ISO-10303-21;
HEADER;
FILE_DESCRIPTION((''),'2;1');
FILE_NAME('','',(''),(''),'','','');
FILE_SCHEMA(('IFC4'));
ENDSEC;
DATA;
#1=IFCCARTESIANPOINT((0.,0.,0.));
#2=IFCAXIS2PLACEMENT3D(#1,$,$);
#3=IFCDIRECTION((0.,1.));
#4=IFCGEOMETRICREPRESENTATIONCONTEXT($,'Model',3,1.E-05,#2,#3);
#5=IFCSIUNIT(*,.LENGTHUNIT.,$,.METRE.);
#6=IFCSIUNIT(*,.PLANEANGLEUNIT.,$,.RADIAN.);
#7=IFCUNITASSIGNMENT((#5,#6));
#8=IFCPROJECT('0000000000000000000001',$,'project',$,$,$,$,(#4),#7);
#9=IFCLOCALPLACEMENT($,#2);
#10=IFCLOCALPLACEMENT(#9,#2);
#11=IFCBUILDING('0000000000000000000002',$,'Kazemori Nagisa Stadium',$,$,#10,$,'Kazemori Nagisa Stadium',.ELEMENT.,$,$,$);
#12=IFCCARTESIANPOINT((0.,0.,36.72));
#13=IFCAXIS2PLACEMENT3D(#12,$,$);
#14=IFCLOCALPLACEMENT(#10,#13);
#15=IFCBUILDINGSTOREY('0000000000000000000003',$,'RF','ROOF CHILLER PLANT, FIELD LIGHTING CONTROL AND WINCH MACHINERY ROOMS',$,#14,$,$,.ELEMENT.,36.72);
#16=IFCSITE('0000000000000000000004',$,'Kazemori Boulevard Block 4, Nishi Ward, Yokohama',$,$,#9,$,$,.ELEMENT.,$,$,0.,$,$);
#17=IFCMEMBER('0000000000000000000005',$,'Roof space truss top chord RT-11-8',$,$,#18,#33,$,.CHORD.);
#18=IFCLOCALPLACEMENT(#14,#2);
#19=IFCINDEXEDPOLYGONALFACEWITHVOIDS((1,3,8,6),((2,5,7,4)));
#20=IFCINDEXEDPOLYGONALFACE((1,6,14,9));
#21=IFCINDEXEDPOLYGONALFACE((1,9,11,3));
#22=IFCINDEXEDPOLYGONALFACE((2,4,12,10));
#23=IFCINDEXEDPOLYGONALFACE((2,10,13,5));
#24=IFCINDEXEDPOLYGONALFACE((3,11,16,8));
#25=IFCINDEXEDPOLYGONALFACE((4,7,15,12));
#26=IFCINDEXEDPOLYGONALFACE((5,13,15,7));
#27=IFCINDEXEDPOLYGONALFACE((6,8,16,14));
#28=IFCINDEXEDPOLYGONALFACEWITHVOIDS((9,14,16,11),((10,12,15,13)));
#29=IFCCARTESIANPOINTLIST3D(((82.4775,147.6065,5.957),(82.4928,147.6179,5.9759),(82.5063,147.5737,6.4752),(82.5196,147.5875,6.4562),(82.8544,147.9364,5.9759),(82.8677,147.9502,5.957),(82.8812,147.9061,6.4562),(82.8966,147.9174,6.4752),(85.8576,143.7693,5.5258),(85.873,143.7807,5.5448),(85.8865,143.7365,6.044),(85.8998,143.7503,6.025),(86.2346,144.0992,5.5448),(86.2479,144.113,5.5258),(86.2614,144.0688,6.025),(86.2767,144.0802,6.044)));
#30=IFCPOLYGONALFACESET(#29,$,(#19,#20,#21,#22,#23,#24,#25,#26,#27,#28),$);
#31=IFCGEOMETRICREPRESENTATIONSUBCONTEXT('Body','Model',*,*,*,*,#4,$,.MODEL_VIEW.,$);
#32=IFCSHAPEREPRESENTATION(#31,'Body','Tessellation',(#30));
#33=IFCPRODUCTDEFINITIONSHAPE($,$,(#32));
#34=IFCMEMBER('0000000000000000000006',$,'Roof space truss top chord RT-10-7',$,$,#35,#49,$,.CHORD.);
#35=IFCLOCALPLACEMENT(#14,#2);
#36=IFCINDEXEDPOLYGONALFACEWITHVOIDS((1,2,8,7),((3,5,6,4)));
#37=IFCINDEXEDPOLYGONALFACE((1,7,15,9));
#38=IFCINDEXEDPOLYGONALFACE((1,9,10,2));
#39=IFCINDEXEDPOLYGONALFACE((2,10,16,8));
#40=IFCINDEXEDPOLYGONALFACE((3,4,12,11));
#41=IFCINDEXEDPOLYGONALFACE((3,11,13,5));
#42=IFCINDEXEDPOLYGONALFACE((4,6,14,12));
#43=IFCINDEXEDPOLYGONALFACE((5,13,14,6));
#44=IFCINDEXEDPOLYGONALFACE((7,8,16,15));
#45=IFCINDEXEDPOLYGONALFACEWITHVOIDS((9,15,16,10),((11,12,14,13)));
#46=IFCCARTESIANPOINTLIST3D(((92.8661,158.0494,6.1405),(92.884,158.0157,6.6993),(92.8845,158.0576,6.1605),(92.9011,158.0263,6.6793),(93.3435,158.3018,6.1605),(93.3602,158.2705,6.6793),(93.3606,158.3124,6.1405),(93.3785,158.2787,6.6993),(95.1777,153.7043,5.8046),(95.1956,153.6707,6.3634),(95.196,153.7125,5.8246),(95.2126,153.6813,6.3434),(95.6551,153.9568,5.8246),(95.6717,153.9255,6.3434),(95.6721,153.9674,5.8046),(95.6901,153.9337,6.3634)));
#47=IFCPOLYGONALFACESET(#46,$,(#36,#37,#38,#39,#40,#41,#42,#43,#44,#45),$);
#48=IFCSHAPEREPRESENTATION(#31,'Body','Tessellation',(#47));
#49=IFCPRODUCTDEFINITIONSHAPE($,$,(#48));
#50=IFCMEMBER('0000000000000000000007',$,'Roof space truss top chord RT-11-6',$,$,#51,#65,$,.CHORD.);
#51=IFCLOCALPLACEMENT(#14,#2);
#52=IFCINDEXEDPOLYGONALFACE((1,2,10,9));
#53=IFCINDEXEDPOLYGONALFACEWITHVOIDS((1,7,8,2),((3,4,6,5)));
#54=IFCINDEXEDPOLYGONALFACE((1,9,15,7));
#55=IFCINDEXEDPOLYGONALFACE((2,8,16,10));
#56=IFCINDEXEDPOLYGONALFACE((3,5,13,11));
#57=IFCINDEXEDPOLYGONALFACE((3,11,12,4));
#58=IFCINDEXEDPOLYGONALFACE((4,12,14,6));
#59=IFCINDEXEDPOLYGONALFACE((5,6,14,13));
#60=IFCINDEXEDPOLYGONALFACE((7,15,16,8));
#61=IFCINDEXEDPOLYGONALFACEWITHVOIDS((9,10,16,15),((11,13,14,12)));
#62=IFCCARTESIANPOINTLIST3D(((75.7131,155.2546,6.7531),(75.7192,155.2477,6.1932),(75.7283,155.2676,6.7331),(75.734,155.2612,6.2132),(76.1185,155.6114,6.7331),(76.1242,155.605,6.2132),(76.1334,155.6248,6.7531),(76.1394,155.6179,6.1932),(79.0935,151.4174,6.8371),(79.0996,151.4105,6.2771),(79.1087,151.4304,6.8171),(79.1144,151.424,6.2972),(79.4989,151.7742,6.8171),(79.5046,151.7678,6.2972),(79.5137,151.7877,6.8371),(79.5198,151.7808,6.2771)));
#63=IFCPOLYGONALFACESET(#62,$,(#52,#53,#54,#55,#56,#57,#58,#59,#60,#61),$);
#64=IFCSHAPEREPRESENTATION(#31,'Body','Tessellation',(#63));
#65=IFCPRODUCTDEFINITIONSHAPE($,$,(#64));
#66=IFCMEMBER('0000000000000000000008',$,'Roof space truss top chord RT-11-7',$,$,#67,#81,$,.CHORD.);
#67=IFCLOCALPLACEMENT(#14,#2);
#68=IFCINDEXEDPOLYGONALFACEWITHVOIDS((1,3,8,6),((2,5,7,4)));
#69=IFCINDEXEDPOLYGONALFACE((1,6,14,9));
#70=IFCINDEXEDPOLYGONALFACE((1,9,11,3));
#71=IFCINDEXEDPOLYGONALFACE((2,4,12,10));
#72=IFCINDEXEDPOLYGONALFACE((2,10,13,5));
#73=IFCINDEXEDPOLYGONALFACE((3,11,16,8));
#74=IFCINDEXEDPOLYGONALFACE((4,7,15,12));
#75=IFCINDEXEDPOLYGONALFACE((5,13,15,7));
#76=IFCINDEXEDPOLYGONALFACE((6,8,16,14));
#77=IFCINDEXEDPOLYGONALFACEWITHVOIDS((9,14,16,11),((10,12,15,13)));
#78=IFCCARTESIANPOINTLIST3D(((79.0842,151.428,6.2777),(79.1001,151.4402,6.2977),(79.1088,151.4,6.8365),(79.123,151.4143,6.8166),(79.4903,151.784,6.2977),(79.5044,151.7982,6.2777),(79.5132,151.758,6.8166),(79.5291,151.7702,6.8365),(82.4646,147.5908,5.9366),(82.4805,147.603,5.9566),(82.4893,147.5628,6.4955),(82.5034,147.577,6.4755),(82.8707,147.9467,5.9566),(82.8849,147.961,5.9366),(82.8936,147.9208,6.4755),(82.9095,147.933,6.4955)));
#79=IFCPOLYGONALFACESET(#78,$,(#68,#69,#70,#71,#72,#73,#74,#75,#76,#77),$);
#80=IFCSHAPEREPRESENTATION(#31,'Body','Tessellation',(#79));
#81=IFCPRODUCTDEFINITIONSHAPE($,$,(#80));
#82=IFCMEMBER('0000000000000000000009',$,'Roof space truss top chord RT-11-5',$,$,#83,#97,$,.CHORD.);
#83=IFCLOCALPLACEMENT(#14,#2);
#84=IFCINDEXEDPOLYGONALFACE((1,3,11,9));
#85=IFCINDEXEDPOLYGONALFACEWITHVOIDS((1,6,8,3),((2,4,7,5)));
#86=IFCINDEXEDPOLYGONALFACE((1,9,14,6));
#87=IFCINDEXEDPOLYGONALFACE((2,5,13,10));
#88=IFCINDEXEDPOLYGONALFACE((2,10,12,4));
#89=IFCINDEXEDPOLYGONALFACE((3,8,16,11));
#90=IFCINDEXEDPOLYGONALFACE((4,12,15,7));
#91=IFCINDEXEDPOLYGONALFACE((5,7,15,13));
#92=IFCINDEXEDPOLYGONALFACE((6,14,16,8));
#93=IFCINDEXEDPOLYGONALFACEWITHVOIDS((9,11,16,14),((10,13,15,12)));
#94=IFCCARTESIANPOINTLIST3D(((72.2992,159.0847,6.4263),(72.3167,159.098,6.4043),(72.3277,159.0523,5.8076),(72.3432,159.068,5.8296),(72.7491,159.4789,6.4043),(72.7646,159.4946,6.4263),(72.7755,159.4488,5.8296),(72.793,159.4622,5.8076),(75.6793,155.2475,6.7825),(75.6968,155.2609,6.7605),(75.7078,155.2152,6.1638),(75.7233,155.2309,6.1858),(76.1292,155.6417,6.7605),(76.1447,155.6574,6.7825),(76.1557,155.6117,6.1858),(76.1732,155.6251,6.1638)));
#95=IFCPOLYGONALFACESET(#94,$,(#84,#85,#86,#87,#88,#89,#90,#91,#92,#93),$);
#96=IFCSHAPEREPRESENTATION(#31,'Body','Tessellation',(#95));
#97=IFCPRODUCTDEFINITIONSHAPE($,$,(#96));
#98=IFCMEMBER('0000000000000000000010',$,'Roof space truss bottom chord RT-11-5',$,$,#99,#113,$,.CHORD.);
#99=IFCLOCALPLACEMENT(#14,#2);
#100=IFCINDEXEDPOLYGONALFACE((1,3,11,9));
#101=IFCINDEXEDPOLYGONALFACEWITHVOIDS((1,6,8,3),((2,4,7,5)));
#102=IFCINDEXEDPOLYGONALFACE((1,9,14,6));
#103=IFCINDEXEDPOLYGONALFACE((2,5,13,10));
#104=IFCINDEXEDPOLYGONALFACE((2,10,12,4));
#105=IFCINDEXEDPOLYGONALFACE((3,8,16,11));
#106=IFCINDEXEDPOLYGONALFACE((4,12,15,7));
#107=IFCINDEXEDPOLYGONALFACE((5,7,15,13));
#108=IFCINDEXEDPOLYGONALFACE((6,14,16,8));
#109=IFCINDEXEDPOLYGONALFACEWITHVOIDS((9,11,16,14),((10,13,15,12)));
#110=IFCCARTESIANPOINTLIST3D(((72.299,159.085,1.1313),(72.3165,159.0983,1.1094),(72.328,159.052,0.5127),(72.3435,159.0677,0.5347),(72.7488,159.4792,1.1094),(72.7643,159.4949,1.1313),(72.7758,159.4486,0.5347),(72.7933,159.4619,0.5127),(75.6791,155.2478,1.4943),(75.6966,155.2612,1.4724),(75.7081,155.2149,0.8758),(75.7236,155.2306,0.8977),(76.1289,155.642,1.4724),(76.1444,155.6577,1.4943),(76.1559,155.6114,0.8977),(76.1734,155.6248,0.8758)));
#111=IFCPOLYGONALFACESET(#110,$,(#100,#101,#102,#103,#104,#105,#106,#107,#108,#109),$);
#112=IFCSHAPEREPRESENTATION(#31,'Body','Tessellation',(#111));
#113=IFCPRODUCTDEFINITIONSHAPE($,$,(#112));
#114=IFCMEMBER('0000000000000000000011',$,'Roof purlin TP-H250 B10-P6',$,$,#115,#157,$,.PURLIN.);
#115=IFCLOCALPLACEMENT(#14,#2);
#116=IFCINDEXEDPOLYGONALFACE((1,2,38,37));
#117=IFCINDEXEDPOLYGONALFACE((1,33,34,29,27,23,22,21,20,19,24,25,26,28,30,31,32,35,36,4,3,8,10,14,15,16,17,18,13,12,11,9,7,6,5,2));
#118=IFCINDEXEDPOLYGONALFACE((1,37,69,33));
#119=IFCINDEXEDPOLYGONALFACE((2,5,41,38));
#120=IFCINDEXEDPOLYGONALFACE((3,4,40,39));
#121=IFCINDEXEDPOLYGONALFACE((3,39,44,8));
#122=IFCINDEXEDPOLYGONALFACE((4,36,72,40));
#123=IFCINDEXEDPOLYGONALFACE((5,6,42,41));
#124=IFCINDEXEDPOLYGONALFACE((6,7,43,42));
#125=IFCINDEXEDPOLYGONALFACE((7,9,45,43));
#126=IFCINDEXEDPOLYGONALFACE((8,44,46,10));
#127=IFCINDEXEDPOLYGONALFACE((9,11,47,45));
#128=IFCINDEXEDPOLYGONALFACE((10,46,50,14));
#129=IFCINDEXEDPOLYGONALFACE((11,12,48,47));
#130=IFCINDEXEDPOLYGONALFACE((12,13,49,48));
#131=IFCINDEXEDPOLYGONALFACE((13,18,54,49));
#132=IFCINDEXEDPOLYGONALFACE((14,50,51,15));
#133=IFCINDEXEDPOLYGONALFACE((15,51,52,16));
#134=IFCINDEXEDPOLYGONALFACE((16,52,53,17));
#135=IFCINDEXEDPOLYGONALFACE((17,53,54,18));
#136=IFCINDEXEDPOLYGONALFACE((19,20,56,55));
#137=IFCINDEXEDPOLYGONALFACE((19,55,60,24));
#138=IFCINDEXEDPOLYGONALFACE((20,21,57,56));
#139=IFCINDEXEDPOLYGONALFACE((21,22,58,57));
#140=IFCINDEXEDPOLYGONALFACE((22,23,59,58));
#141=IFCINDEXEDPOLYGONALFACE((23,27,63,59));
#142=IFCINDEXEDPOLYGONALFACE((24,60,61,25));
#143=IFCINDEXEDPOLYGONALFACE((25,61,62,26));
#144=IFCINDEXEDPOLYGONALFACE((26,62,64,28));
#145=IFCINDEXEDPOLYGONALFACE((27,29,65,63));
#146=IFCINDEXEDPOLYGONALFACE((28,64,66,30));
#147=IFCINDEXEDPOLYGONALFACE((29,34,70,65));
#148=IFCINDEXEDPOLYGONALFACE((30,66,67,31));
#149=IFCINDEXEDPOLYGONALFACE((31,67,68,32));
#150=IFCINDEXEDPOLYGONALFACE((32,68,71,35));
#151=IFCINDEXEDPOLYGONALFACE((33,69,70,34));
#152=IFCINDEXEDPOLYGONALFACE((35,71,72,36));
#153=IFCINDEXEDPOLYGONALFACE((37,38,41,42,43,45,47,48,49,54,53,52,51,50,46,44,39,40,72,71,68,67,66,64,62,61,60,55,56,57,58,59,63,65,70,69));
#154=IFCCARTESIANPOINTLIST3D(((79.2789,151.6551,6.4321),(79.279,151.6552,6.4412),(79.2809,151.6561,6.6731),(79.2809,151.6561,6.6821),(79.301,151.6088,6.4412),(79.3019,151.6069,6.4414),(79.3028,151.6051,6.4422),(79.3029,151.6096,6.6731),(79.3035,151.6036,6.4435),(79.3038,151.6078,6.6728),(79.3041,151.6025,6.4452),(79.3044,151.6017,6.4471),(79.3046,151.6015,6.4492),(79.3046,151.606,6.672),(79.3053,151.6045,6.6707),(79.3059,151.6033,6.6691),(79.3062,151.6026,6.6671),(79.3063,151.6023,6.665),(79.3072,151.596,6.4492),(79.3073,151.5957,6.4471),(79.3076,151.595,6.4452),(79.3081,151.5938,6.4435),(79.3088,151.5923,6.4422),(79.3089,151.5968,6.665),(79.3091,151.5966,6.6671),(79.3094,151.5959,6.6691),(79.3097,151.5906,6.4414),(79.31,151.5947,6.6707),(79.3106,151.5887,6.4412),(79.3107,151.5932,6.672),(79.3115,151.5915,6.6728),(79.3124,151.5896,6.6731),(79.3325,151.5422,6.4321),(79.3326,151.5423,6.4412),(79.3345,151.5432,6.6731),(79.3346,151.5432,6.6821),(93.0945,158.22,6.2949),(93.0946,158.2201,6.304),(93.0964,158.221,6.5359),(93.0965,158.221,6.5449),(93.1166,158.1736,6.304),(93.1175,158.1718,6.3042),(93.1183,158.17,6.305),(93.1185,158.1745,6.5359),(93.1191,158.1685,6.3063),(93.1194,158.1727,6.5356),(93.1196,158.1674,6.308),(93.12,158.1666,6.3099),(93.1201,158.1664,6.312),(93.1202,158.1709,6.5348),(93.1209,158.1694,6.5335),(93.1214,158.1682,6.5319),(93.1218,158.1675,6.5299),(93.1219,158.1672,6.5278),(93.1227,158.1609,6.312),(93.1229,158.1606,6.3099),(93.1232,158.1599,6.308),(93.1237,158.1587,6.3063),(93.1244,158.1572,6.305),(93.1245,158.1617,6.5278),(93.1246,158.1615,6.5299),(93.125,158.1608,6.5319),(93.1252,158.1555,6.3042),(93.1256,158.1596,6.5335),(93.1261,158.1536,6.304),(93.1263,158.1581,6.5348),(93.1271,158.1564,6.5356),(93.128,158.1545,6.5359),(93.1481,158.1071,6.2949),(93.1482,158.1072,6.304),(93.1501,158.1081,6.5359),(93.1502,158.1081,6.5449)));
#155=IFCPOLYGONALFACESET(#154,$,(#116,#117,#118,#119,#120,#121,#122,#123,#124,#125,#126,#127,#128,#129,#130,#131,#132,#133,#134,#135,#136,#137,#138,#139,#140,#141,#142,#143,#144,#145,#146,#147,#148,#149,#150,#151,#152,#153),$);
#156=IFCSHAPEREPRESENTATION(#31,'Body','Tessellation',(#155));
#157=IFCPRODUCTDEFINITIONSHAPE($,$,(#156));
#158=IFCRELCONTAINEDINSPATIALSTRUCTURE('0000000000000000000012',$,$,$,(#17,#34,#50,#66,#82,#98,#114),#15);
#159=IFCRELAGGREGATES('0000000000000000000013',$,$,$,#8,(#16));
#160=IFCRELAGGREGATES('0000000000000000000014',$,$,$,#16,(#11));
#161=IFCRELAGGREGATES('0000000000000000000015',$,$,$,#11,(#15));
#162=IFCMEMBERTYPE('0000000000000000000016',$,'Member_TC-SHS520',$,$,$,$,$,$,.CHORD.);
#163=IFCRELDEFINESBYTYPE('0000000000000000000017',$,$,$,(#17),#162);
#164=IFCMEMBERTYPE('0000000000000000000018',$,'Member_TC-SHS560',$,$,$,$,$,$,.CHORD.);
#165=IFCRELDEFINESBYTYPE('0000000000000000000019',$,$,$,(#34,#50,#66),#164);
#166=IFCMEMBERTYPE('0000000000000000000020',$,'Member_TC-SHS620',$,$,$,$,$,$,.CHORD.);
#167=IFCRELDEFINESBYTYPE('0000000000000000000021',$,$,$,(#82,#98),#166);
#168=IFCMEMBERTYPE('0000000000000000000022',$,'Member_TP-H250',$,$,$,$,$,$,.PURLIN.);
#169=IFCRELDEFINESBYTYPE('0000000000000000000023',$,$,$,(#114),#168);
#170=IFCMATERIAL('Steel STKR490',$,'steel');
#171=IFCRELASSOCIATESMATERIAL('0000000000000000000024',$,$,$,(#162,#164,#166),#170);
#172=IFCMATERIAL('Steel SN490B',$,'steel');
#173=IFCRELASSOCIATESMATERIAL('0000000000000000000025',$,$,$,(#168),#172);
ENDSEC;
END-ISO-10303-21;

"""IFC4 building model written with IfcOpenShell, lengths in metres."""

from ifc_helpers import new_model, si_unit, direction, frame, origin, origin_2d, place, context, subcontext, project, spatial, hollow_rectangle, i_section, extrude, material, material_profile, profile_set, type_object, element, save


model = new_model("IFC4")

# Units and contexts
model_context = context("Model", 3, precision=1e-05, world=origin(), true_north=direction((0.0, 1.0)))
body_context = subcontext(model_context, "Body", "Model", "MODEL_VIEW")
ifc_project = project(units=[si_unit("LENGTHUNIT", "METRE"), si_unit("PLANEANGLEUNIT", "RADIAN")], contexts=[model_context])

# Site, building, storey
site_placement = place(None, origin())
site = spatial("IfcSite", under=ifc_project, at=site_placement, Name="Kazemori Boulevard Block 4, Nishi Ward, Yokohama", CompositionType="ELEMENT", RefElevation=0.0)
building_placement = place(site_placement, origin())
building = spatial("IfcBuilding", under=site, at=building_placement, Name="Kazemori Nagisa Stadium", LongName="Kazemori Nagisa Stadium", CompositionType="ELEMENT")
storey_placement = place(building_placement, frame((0.0, 0.0, 36.72)))
storey = spatial("IfcBuildingStorey", under=building, at=storey_placement, Name="RF", Description="ROOF CHILLER PLANT, FIELD LIGHTING CONTROL AND WINCH MACHINERY ROOMS", CompositionType="ELEMENT", Elevation=36.72)

# Members
ifc_material_1 = material(Name="Steel STKR490", Category="steel")
ifc_material_profile_1 = material_profile(ifc_material_1, hollow_rectangle(XDim=0.52, YDim=0.52, WallThickness=0.019, at=origin_2d()), Name="SHS-520x520x19")
ifc_profile_set_1 = profile_set([ifc_material_profile_1], Name="Steel STKR490")
member_type_1 = type_object("IfcMemberType", Name="Member_TC-SHS520", PredefinedType="CHORD", material=ifc_profile_set_1)
member_1_placement = place(storey_placement, frame((82.687, 147.762, 6.2161), z_axis=(0.658669, -0.747728, -0.084017), x_axis=(0.750381, 0.661006, 0.0)))
element("IfcMember", 1, at=member_1_placement, inside=storey, type_object=member_type_1, Name="Roof space truss top chord RT-11-8", PredefinedType="CHORD", context=body_context, shape_type="SweptSolid", body=[
    extrude(hollow_rectangle(XDim=0.52, YDim=0.52, WallThickness=0.019, at=origin_2d()), origin(), (0.0, 0.0, 1.0), 5.1318),
])
ifc_material_profile_2 = material_profile(ifc_material_1, hollow_rectangle(XDim=0.5601, YDim=0.5601, WallThickness=0.02, at=origin_2d()), Name="SHS-560x560x20")
ifc_profile_set_2 = profile_set([ifc_material_profile_2], Name="Steel STKR490")
member_type_2 = type_object("IfcMemberType", Name="Member_TC-SHS560", PredefinedType="CHORD", material=ifc_profile_set_2)
member_2_placement = place(storey_placement, frame((93.1223, 158.1641, 6.4199), z_axis=(0.468581, -0.880792, -0.0681), x_axis=(0.882841, 0.469671, 0.0)))
element("IfcMember", 2, at=member_2_placement, inside=storey, type_object=member_type_2, Name="Roof space truss top chord RT-10-7", PredefinedType="CHORD", context=body_context, shape_type="SweptSolid", body=[
    extrude(hollow_rectangle(XDim=0.5601, YDim=0.5601, WallThickness=0.02, at=origin_2d()), origin(), (0.0, 0.0, 1.0), 4.9331),
])
member_3_placement = place(storey_placement, frame((75.9263, 155.4363, 6.4731), z_axis=(0.660943, -0.750256, 0.016421), x_axis=(0.750357, 0.661032, 0.0)))
element("IfcMember", 3, at=member_3_placement, inside=storey, type_object=member_type_2, Name="Roof space truss top chord RT-11-6", PredefinedType="CHORD", context=body_context, shape_type="SweptSolid", body=[
    extrude(hollow_rectangle(XDim=0.5601, YDim=0.5601, WallThickness=0.02, at=origin_2d()), origin(), (0.0, 0.0, 1.0), 5.1145),
])
member_4_placement = place(storey_placement, frame((79.3066, 151.5991, 6.5571), z_axis=(0.659567, -0.748694, -0.066547), x_axis=(0.750357, 0.661032, 0.0)))
element("IfcMember", 4, at=member_4_placement, inside=storey, type_object=member_type_2, Name="Roof space truss top chord RT-11-7", PredefinedType="CHORD", context=body_context, shape_type="SweptSolid", body=[
    extrude(hollow_rectangle(XDim=0.5601, YDim=0.5601, WallThickness=0.02, at=origin_2d()), origin(), (0.0, 0.0, 1.0), 5.1252),
])
ifc_material_profile_3 = material_profile(ifc_material_1, hollow_rectangle(XDim=0.6201, YDim=0.6201, WallThickness=0.022, at=origin_2d()), Name="SHS-620x620x22")
ifc_profile_set_3 = profile_set([ifc_material_profile_3], Name="Steel STKR490")
member_type_3 = type_object("IfcMemberType", Name="Member_TC-SHS620", PredefinedType="CHORD", material=ifc_profile_set_3)
member_5_placement = place(storey_placement, frame((72.5461, 159.2734, 6.1169), z_axis=(0.659408, -0.748567, 0.069489), x_axis=(0.750381, 0.661006, 0.0)))
element("IfcMember", 5, at=member_5_placement, inside=storey, type_object=member_type_3, Name="Roof space truss top chord RT-11-5", PredefinedType="CHORD", context=body_context, shape_type="SweptSolid", body=[
    extrude(hollow_rectangle(XDim=0.6201, YDim=0.6201, WallThickness=0.022, at=origin_2d()), origin(), (0.0, 0.0, 1.0), 5.126),
])
member_6_placement = place(storey_placement, frame((72.5461, 159.2734, 0.822), z_axis=(0.659346, -0.748497, 0.070816), x_axis=(0.750381, 0.661006, 0.0)))
element("IfcMember", 6, at=member_6_placement, inside=storey, type_object=member_type_3, Name="Roof space truss bottom chord RT-11-5", PredefinedType="CHORD", context=body_context, shape_type="SweptSolid", body=[
    extrude(hollow_rectangle(XDim=0.6201, YDim=0.6201, WallThickness=0.022, at=origin_2d()), origin(), (0.0, 0.0, 1.0), 5.1265),
])
ifc_material_2 = material(Name="Steel SN490B", Category="steel")
ifc_material_profile_4 = material_profile(ifc_material_2, i_section(OverallWidth=0.125, OverallDepth=0.25, WebThickness=0.0061, FlangeThickness=0.009, FilletRadius=0.0081, at=origin_2d()), Name="H-250x125x6x9")
ifc_profile_set_4 = profile_set([ifc_material_profile_4], Name="Steel SN490B")
member_type_4 = type_object("IfcMemberType", Name="Member_TP-H250", PredefinedType="PURLIN", material=ifc_profile_set_4)
member_7_placement = place(storey_placement, frame((93.1223, 158.1641, 6.4199), z_axis=(-0.903178, -0.429173, 0.00897), x_axis=(0.42919, -0.903214, 0.0)))
element("IfcMember", 7, at=member_7_placement, inside=storey, type_object=member_type_4, Name="Roof purlin TP-H250 B10-P6", PredefinedType="PURLIN", context=body_context, shape_type="SweptSolid", body=[
    extrude(i_section(OverallWidth=0.125, OverallDepth=0.25, WebThickness=0.0061, FlangeThickness=0.009, FilletRadius=0.0081, at=origin_2d()), origin(), (0.0, 0.0, 1.0), 15.2966),
])

save(model, "model.ifc")
